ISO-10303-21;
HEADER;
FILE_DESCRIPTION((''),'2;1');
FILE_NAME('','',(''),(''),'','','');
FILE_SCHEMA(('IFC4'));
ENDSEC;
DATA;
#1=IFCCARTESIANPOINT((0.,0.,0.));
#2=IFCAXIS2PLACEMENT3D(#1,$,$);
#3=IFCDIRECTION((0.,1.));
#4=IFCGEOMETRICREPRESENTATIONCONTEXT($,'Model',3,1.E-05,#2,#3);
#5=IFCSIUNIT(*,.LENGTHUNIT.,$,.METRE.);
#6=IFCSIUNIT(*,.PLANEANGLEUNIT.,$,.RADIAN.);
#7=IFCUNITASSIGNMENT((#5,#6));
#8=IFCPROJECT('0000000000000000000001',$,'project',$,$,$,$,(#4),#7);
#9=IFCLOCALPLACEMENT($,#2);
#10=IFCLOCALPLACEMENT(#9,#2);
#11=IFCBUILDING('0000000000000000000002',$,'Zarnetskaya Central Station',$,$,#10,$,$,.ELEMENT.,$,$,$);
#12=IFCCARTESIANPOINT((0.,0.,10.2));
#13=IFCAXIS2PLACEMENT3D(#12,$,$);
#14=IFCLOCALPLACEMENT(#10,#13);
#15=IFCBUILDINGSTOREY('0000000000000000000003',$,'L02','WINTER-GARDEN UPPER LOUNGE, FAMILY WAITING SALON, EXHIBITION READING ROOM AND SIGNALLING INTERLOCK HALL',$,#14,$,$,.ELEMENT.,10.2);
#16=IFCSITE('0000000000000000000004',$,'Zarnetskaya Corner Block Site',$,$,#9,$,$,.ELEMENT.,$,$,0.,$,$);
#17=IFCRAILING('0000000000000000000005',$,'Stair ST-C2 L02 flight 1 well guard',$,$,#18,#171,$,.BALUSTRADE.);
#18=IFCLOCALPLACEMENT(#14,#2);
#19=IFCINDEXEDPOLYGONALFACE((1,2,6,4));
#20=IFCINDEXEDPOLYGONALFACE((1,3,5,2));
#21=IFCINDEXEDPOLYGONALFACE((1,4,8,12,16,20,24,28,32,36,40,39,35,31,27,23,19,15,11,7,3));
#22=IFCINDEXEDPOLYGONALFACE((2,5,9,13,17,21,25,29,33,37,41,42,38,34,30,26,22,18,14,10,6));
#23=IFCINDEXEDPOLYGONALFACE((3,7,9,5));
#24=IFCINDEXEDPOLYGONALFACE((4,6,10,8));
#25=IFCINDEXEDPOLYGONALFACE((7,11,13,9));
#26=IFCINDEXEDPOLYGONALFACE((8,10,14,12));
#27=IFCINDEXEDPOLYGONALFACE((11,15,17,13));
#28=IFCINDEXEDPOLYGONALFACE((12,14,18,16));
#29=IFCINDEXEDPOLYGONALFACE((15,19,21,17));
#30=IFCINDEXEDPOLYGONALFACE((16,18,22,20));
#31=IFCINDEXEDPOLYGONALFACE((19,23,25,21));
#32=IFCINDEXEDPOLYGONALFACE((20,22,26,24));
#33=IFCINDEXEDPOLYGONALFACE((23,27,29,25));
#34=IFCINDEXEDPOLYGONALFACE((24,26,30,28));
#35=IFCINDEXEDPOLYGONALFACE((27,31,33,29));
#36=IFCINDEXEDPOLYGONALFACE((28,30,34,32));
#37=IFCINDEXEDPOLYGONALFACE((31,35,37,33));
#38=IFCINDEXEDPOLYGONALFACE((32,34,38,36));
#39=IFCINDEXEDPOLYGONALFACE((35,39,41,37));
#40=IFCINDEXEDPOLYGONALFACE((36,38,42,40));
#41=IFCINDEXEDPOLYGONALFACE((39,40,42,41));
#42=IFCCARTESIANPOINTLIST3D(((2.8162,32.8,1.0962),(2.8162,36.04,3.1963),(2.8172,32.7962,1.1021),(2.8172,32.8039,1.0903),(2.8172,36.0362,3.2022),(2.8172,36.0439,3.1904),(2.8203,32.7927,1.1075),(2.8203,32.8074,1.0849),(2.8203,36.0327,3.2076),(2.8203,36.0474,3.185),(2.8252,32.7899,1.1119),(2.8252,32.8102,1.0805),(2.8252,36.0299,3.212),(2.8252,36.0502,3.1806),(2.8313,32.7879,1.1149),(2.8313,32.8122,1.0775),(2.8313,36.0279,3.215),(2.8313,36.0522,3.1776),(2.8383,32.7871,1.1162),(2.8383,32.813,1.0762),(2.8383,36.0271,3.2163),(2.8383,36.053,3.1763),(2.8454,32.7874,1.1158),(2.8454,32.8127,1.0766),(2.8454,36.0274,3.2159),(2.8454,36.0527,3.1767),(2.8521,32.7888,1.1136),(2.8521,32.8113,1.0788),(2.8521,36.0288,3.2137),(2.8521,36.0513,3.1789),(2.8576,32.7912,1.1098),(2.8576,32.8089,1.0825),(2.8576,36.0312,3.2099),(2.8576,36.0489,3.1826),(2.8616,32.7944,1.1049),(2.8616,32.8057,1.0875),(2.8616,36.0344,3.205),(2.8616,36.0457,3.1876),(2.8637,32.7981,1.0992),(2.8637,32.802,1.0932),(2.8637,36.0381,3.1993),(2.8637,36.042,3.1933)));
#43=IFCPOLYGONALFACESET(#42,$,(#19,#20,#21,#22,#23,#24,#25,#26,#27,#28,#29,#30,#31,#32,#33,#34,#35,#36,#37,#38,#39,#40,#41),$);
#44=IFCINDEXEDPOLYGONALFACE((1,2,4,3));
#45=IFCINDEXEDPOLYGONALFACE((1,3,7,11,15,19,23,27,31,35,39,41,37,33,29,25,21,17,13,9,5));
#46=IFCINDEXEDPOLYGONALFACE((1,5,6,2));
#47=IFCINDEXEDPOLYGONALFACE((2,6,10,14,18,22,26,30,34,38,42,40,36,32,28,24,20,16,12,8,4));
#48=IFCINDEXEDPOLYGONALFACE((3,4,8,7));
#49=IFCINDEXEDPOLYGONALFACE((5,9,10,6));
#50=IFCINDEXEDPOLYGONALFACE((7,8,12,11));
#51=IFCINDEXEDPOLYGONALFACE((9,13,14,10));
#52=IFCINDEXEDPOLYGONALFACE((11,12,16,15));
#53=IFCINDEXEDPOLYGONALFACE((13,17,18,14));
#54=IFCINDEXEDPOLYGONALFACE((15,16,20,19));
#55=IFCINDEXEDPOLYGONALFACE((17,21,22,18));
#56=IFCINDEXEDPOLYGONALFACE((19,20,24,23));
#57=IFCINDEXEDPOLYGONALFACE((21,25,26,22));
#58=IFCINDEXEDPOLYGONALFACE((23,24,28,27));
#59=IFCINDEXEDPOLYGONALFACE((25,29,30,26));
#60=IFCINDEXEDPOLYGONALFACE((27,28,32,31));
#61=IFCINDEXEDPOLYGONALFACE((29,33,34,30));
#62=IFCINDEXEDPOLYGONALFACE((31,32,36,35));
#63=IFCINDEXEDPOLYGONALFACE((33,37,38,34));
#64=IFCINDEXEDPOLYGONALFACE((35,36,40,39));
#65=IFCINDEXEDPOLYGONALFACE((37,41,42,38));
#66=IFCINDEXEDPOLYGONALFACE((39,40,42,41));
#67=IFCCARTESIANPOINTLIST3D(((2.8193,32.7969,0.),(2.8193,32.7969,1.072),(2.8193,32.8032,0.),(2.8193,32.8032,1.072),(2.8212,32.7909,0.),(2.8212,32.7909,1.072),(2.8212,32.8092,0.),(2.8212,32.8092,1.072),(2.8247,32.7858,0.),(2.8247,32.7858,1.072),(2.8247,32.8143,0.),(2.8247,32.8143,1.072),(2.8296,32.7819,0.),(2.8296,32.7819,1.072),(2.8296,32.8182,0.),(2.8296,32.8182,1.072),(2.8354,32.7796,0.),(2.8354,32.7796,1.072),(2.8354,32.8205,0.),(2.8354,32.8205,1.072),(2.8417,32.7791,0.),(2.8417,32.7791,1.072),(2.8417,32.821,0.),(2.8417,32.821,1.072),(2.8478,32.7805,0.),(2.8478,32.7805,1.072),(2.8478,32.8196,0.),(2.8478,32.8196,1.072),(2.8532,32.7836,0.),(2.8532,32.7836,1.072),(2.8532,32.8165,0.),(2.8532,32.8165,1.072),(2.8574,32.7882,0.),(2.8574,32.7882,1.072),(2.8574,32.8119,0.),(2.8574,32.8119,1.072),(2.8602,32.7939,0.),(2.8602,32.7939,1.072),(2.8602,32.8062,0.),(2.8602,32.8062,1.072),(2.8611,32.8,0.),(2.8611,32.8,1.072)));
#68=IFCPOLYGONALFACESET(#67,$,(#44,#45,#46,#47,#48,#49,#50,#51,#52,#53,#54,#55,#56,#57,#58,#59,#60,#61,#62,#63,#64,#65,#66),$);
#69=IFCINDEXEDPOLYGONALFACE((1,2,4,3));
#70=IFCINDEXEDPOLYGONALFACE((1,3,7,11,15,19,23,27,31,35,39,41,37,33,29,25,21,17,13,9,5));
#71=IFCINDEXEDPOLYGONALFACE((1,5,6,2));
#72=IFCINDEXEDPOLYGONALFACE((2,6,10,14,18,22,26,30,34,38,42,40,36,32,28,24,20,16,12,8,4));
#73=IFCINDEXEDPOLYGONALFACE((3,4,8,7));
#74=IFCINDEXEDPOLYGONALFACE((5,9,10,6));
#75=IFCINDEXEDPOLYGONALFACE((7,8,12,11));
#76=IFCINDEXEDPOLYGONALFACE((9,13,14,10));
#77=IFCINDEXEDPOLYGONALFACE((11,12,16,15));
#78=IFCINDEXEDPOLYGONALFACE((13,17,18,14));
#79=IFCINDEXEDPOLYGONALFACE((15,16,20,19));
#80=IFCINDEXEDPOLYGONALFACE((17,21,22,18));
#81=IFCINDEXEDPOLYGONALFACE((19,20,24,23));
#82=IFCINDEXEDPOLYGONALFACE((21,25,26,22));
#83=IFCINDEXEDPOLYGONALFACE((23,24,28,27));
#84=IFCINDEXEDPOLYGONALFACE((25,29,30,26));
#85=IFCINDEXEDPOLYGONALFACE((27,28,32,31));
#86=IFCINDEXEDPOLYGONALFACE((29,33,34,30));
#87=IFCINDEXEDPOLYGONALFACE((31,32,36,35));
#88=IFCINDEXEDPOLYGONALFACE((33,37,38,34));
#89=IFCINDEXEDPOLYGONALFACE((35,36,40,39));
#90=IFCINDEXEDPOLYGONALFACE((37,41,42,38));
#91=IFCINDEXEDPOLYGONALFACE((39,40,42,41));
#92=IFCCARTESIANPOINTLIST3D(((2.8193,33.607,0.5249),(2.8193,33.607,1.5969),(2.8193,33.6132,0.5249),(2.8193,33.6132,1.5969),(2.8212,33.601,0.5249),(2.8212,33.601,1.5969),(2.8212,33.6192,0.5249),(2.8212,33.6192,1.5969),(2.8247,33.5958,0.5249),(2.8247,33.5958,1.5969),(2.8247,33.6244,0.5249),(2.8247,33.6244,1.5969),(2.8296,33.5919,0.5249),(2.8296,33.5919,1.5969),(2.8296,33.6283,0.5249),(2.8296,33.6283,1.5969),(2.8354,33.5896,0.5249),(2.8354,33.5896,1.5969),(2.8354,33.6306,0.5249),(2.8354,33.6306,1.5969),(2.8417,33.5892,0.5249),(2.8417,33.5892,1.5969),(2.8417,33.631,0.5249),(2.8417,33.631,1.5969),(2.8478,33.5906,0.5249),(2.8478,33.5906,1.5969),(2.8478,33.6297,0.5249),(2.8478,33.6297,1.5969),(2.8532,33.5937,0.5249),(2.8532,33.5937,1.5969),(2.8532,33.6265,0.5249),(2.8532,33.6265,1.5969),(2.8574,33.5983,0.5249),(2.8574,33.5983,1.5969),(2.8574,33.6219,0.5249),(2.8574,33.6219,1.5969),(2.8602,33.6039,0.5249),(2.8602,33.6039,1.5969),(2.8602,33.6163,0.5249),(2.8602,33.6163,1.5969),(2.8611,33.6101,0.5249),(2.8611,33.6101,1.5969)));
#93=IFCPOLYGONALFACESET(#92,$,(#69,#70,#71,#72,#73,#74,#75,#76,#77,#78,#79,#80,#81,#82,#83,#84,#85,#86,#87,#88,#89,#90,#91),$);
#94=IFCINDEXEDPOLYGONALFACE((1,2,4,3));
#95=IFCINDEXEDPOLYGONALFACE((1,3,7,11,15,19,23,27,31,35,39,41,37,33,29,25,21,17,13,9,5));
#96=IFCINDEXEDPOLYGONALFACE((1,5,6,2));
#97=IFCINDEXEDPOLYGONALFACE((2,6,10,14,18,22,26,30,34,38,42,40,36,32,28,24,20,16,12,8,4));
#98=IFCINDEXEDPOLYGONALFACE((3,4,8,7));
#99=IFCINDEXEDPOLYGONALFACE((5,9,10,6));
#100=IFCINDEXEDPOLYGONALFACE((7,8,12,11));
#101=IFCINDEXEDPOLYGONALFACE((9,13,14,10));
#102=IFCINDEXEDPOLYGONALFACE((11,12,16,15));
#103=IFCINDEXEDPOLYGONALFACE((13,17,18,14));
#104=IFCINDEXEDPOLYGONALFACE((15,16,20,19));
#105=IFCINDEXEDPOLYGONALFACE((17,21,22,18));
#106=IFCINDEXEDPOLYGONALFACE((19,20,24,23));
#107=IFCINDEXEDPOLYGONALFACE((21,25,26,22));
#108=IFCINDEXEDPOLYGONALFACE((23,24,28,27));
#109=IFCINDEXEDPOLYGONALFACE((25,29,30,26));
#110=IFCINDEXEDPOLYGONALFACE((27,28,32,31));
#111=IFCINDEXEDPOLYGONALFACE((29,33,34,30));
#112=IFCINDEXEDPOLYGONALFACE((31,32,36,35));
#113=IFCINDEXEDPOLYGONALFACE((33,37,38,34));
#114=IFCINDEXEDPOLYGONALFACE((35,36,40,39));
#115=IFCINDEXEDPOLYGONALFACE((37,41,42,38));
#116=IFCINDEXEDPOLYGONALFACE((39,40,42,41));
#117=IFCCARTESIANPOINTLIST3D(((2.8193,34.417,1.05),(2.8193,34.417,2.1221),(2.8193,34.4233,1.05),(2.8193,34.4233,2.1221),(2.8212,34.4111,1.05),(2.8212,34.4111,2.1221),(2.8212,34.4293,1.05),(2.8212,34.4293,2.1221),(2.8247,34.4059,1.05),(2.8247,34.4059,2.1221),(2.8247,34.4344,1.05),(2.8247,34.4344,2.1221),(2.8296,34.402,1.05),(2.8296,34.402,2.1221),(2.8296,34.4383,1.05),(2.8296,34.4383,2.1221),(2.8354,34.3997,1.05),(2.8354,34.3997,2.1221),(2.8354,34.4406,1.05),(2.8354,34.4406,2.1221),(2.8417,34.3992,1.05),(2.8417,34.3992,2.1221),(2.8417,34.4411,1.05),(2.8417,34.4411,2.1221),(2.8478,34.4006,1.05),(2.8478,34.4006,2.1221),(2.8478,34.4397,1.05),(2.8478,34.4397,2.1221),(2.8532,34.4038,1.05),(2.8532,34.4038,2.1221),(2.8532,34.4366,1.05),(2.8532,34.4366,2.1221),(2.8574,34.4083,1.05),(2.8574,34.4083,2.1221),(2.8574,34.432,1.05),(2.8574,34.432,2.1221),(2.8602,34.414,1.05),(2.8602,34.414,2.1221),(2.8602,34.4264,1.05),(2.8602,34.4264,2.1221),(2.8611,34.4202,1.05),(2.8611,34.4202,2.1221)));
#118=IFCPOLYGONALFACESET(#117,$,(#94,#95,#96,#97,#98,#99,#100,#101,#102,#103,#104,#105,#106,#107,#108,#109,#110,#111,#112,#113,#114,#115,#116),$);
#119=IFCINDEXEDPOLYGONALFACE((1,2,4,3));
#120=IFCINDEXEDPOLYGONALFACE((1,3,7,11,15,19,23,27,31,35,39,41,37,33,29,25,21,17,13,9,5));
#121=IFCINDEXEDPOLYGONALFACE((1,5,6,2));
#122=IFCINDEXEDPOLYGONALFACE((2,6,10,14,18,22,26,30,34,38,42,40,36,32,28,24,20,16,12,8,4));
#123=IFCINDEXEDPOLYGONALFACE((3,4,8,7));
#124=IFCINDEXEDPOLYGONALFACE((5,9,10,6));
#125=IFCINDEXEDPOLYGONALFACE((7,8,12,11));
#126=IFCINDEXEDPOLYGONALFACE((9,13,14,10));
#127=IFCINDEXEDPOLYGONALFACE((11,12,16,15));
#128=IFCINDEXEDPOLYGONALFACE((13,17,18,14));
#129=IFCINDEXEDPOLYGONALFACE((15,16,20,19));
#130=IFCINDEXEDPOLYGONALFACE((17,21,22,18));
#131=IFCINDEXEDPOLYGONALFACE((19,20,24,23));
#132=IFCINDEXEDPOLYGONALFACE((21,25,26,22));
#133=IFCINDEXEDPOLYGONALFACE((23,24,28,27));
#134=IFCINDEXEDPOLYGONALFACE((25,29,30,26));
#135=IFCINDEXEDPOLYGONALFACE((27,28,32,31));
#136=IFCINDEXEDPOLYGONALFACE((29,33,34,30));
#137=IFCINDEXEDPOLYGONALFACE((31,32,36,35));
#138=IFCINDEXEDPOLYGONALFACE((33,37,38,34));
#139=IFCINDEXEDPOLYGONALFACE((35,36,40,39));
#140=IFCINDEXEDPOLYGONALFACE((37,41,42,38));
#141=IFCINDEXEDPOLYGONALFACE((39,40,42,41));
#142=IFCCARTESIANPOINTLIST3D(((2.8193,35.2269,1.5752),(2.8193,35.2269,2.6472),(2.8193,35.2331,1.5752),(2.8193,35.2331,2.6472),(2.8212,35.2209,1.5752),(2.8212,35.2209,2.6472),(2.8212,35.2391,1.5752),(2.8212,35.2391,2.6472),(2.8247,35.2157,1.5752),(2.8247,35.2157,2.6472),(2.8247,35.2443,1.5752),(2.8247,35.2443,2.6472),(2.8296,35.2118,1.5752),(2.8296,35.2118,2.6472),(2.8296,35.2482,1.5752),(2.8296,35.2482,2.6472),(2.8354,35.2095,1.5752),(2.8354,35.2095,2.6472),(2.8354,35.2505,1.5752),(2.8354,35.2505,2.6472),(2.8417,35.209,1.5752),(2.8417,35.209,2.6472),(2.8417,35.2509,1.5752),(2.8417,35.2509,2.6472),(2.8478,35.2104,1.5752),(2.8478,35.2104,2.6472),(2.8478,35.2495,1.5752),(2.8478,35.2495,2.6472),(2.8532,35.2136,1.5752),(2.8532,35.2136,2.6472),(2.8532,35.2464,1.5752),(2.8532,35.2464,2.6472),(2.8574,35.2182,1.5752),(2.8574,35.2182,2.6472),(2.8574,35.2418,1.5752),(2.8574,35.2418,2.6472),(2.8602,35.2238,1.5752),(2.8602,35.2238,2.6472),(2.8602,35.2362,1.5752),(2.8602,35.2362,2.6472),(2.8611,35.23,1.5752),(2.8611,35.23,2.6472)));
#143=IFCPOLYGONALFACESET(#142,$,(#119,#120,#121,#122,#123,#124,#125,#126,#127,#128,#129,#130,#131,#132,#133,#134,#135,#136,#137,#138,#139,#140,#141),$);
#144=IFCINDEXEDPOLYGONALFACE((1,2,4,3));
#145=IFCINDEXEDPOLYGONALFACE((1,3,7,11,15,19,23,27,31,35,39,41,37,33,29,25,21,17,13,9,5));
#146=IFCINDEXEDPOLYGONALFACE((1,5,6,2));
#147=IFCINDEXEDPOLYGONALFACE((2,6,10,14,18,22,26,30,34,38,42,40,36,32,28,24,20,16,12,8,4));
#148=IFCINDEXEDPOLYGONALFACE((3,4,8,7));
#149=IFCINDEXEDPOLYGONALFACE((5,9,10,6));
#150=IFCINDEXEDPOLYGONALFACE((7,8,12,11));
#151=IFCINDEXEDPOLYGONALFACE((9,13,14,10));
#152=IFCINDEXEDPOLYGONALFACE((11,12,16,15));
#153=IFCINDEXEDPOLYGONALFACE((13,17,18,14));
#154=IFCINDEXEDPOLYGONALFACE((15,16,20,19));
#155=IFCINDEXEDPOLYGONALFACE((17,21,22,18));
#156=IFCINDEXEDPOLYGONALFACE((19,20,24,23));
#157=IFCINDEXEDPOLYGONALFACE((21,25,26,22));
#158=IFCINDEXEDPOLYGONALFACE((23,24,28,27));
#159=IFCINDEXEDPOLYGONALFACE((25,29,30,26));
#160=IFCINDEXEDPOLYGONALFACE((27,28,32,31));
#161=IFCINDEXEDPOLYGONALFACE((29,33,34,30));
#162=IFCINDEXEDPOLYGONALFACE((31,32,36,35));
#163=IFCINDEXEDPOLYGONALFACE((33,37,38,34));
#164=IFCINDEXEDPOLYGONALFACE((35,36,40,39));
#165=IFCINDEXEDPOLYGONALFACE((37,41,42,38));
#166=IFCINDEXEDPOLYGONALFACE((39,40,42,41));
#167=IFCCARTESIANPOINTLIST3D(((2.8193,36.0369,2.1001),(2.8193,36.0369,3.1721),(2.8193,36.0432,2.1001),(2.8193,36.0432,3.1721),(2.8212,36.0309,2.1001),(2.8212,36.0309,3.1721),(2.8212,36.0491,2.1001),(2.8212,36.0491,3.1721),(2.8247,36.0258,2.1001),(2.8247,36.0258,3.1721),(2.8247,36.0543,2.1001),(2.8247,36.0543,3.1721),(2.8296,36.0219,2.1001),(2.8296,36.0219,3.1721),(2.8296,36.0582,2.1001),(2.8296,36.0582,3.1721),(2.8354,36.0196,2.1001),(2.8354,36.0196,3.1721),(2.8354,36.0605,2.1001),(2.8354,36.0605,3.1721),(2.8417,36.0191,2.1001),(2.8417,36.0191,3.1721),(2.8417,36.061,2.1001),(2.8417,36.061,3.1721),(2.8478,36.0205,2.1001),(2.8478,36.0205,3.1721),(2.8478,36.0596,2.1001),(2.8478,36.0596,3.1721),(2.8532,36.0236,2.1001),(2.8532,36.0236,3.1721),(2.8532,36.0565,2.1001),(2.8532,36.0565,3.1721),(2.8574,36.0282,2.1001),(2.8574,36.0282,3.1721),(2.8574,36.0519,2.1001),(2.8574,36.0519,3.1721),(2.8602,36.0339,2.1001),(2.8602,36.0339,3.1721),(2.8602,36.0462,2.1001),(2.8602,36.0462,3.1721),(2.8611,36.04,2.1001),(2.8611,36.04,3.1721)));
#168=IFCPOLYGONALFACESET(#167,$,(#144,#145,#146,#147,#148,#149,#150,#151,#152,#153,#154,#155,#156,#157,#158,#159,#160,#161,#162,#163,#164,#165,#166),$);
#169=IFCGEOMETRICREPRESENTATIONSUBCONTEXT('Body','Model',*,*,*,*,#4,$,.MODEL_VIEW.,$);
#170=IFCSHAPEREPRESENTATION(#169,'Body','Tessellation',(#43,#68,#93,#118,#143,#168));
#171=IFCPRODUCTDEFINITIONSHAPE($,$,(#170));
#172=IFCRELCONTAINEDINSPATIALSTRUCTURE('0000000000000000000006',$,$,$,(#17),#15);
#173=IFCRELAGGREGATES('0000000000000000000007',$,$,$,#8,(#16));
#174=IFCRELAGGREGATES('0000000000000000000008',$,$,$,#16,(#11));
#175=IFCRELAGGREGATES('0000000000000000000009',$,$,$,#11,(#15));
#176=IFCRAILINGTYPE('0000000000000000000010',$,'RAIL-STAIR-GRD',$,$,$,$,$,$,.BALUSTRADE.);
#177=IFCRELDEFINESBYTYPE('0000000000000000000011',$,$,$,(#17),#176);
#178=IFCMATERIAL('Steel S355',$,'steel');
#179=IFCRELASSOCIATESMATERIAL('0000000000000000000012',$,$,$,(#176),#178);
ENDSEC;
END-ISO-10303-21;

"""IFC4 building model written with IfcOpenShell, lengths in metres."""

from ifc_helpers import new_model, si_unit, direction, frame, origin, origin_2d, place, context, subcontext, project, spatial, circle, extrude, material, type_object, element, save


model = new_model("IFC4")

# Units and contexts
model_context = context("Model", 3, precision=1e-05, world=origin(), true_north=direction((0.0, 1.0)))
body_context = subcontext(model_context, "Body", "Model", "MODEL_VIEW")
ifc_project = project(units=[si_unit("LENGTHUNIT", "METRE"), si_unit("PLANEANGLEUNIT", "RADIAN")], contexts=[model_context])

# Site, building, storey
site_placement = place(None, origin())
site = spatial("IfcSite", under=ifc_project, at=site_placement, Name="Zarnetskaya Corner Block Site", CompositionType="ELEMENT", RefElevation=0.0)
building_placement = place(site_placement, origin())
building = spatial("IfcBuilding", under=site, at=building_placement, Name="Zarnetskaya Central Station", CompositionType="ELEMENT")
storey_placement = place(building_placement, frame((0.0, 0.0, 10.2)))
storey = spatial("IfcBuildingStorey", under=building, at=storey_placement, Name="L02", Description="WINTER-GARDEN UPPER LOUNGE, FAMILY WAITING SALON, EXHIBITION READING ROOM AND SIGNALLING INTERLOCK HALL", CompositionType="ELEMENT", Elevation=10.2)

# Shared definitions
ifc_material_1 = material(Name="Steel S355", Category="steel")

# Railing
railing_type_1 = type_object("IfcRailingType", Name="RAIL-STAIR-GRD", PredefinedType="BALUSTRADE", material=ifc_material_1)
railing_1_placement = place(storey_placement, frame((2.8401, 32.8, 0.0)))
element("IfcRailing", 1, at=railing_1_placement, inside=storey, type_object=railing_type_1, Name="Stair ST-C2 L02 flight 1 well guard", PredefinedType="BALUSTRADE", context=body_context, shape_type="SweptSolid", body=[
    extrude(circle(Radius=0.0239, at=origin_2d()), frame((0.0, 0.0, 1.0962), z_axis=(0.0, 0.839141, 0.543914), x_axis=(-1.0, 0.0, 0.0)), (0.0, 0.0, 1.0), 3.8611),
    extrude(circle(Radius=0.021, at=origin_2d()), origin(), (0.0, 0.0, 1.0), 1.072),
    extrude(circle(Radius=0.021, at=origin_2d()), frame((0.0, 0.8101, 0.5249)), (0.0, 0.0, 1.0), 1.072),
    extrude(circle(Radius=0.021, at=origin_2d()), frame((0.0, 1.6201, 1.05)), (0.0, 0.0, 1.0), 1.072),
    extrude(circle(Radius=0.021, at=origin_2d()), frame((0.0, 2.4299, 1.5752)), (0.0, 0.0, 1.0), 1.072),
    extrude(circle(Radius=0.021, at=origin_2d()), frame((0.0, 3.24, 2.1001)), (0.0, 0.0, 1.0), 1.072),
])

save(model, "model.ifc")
